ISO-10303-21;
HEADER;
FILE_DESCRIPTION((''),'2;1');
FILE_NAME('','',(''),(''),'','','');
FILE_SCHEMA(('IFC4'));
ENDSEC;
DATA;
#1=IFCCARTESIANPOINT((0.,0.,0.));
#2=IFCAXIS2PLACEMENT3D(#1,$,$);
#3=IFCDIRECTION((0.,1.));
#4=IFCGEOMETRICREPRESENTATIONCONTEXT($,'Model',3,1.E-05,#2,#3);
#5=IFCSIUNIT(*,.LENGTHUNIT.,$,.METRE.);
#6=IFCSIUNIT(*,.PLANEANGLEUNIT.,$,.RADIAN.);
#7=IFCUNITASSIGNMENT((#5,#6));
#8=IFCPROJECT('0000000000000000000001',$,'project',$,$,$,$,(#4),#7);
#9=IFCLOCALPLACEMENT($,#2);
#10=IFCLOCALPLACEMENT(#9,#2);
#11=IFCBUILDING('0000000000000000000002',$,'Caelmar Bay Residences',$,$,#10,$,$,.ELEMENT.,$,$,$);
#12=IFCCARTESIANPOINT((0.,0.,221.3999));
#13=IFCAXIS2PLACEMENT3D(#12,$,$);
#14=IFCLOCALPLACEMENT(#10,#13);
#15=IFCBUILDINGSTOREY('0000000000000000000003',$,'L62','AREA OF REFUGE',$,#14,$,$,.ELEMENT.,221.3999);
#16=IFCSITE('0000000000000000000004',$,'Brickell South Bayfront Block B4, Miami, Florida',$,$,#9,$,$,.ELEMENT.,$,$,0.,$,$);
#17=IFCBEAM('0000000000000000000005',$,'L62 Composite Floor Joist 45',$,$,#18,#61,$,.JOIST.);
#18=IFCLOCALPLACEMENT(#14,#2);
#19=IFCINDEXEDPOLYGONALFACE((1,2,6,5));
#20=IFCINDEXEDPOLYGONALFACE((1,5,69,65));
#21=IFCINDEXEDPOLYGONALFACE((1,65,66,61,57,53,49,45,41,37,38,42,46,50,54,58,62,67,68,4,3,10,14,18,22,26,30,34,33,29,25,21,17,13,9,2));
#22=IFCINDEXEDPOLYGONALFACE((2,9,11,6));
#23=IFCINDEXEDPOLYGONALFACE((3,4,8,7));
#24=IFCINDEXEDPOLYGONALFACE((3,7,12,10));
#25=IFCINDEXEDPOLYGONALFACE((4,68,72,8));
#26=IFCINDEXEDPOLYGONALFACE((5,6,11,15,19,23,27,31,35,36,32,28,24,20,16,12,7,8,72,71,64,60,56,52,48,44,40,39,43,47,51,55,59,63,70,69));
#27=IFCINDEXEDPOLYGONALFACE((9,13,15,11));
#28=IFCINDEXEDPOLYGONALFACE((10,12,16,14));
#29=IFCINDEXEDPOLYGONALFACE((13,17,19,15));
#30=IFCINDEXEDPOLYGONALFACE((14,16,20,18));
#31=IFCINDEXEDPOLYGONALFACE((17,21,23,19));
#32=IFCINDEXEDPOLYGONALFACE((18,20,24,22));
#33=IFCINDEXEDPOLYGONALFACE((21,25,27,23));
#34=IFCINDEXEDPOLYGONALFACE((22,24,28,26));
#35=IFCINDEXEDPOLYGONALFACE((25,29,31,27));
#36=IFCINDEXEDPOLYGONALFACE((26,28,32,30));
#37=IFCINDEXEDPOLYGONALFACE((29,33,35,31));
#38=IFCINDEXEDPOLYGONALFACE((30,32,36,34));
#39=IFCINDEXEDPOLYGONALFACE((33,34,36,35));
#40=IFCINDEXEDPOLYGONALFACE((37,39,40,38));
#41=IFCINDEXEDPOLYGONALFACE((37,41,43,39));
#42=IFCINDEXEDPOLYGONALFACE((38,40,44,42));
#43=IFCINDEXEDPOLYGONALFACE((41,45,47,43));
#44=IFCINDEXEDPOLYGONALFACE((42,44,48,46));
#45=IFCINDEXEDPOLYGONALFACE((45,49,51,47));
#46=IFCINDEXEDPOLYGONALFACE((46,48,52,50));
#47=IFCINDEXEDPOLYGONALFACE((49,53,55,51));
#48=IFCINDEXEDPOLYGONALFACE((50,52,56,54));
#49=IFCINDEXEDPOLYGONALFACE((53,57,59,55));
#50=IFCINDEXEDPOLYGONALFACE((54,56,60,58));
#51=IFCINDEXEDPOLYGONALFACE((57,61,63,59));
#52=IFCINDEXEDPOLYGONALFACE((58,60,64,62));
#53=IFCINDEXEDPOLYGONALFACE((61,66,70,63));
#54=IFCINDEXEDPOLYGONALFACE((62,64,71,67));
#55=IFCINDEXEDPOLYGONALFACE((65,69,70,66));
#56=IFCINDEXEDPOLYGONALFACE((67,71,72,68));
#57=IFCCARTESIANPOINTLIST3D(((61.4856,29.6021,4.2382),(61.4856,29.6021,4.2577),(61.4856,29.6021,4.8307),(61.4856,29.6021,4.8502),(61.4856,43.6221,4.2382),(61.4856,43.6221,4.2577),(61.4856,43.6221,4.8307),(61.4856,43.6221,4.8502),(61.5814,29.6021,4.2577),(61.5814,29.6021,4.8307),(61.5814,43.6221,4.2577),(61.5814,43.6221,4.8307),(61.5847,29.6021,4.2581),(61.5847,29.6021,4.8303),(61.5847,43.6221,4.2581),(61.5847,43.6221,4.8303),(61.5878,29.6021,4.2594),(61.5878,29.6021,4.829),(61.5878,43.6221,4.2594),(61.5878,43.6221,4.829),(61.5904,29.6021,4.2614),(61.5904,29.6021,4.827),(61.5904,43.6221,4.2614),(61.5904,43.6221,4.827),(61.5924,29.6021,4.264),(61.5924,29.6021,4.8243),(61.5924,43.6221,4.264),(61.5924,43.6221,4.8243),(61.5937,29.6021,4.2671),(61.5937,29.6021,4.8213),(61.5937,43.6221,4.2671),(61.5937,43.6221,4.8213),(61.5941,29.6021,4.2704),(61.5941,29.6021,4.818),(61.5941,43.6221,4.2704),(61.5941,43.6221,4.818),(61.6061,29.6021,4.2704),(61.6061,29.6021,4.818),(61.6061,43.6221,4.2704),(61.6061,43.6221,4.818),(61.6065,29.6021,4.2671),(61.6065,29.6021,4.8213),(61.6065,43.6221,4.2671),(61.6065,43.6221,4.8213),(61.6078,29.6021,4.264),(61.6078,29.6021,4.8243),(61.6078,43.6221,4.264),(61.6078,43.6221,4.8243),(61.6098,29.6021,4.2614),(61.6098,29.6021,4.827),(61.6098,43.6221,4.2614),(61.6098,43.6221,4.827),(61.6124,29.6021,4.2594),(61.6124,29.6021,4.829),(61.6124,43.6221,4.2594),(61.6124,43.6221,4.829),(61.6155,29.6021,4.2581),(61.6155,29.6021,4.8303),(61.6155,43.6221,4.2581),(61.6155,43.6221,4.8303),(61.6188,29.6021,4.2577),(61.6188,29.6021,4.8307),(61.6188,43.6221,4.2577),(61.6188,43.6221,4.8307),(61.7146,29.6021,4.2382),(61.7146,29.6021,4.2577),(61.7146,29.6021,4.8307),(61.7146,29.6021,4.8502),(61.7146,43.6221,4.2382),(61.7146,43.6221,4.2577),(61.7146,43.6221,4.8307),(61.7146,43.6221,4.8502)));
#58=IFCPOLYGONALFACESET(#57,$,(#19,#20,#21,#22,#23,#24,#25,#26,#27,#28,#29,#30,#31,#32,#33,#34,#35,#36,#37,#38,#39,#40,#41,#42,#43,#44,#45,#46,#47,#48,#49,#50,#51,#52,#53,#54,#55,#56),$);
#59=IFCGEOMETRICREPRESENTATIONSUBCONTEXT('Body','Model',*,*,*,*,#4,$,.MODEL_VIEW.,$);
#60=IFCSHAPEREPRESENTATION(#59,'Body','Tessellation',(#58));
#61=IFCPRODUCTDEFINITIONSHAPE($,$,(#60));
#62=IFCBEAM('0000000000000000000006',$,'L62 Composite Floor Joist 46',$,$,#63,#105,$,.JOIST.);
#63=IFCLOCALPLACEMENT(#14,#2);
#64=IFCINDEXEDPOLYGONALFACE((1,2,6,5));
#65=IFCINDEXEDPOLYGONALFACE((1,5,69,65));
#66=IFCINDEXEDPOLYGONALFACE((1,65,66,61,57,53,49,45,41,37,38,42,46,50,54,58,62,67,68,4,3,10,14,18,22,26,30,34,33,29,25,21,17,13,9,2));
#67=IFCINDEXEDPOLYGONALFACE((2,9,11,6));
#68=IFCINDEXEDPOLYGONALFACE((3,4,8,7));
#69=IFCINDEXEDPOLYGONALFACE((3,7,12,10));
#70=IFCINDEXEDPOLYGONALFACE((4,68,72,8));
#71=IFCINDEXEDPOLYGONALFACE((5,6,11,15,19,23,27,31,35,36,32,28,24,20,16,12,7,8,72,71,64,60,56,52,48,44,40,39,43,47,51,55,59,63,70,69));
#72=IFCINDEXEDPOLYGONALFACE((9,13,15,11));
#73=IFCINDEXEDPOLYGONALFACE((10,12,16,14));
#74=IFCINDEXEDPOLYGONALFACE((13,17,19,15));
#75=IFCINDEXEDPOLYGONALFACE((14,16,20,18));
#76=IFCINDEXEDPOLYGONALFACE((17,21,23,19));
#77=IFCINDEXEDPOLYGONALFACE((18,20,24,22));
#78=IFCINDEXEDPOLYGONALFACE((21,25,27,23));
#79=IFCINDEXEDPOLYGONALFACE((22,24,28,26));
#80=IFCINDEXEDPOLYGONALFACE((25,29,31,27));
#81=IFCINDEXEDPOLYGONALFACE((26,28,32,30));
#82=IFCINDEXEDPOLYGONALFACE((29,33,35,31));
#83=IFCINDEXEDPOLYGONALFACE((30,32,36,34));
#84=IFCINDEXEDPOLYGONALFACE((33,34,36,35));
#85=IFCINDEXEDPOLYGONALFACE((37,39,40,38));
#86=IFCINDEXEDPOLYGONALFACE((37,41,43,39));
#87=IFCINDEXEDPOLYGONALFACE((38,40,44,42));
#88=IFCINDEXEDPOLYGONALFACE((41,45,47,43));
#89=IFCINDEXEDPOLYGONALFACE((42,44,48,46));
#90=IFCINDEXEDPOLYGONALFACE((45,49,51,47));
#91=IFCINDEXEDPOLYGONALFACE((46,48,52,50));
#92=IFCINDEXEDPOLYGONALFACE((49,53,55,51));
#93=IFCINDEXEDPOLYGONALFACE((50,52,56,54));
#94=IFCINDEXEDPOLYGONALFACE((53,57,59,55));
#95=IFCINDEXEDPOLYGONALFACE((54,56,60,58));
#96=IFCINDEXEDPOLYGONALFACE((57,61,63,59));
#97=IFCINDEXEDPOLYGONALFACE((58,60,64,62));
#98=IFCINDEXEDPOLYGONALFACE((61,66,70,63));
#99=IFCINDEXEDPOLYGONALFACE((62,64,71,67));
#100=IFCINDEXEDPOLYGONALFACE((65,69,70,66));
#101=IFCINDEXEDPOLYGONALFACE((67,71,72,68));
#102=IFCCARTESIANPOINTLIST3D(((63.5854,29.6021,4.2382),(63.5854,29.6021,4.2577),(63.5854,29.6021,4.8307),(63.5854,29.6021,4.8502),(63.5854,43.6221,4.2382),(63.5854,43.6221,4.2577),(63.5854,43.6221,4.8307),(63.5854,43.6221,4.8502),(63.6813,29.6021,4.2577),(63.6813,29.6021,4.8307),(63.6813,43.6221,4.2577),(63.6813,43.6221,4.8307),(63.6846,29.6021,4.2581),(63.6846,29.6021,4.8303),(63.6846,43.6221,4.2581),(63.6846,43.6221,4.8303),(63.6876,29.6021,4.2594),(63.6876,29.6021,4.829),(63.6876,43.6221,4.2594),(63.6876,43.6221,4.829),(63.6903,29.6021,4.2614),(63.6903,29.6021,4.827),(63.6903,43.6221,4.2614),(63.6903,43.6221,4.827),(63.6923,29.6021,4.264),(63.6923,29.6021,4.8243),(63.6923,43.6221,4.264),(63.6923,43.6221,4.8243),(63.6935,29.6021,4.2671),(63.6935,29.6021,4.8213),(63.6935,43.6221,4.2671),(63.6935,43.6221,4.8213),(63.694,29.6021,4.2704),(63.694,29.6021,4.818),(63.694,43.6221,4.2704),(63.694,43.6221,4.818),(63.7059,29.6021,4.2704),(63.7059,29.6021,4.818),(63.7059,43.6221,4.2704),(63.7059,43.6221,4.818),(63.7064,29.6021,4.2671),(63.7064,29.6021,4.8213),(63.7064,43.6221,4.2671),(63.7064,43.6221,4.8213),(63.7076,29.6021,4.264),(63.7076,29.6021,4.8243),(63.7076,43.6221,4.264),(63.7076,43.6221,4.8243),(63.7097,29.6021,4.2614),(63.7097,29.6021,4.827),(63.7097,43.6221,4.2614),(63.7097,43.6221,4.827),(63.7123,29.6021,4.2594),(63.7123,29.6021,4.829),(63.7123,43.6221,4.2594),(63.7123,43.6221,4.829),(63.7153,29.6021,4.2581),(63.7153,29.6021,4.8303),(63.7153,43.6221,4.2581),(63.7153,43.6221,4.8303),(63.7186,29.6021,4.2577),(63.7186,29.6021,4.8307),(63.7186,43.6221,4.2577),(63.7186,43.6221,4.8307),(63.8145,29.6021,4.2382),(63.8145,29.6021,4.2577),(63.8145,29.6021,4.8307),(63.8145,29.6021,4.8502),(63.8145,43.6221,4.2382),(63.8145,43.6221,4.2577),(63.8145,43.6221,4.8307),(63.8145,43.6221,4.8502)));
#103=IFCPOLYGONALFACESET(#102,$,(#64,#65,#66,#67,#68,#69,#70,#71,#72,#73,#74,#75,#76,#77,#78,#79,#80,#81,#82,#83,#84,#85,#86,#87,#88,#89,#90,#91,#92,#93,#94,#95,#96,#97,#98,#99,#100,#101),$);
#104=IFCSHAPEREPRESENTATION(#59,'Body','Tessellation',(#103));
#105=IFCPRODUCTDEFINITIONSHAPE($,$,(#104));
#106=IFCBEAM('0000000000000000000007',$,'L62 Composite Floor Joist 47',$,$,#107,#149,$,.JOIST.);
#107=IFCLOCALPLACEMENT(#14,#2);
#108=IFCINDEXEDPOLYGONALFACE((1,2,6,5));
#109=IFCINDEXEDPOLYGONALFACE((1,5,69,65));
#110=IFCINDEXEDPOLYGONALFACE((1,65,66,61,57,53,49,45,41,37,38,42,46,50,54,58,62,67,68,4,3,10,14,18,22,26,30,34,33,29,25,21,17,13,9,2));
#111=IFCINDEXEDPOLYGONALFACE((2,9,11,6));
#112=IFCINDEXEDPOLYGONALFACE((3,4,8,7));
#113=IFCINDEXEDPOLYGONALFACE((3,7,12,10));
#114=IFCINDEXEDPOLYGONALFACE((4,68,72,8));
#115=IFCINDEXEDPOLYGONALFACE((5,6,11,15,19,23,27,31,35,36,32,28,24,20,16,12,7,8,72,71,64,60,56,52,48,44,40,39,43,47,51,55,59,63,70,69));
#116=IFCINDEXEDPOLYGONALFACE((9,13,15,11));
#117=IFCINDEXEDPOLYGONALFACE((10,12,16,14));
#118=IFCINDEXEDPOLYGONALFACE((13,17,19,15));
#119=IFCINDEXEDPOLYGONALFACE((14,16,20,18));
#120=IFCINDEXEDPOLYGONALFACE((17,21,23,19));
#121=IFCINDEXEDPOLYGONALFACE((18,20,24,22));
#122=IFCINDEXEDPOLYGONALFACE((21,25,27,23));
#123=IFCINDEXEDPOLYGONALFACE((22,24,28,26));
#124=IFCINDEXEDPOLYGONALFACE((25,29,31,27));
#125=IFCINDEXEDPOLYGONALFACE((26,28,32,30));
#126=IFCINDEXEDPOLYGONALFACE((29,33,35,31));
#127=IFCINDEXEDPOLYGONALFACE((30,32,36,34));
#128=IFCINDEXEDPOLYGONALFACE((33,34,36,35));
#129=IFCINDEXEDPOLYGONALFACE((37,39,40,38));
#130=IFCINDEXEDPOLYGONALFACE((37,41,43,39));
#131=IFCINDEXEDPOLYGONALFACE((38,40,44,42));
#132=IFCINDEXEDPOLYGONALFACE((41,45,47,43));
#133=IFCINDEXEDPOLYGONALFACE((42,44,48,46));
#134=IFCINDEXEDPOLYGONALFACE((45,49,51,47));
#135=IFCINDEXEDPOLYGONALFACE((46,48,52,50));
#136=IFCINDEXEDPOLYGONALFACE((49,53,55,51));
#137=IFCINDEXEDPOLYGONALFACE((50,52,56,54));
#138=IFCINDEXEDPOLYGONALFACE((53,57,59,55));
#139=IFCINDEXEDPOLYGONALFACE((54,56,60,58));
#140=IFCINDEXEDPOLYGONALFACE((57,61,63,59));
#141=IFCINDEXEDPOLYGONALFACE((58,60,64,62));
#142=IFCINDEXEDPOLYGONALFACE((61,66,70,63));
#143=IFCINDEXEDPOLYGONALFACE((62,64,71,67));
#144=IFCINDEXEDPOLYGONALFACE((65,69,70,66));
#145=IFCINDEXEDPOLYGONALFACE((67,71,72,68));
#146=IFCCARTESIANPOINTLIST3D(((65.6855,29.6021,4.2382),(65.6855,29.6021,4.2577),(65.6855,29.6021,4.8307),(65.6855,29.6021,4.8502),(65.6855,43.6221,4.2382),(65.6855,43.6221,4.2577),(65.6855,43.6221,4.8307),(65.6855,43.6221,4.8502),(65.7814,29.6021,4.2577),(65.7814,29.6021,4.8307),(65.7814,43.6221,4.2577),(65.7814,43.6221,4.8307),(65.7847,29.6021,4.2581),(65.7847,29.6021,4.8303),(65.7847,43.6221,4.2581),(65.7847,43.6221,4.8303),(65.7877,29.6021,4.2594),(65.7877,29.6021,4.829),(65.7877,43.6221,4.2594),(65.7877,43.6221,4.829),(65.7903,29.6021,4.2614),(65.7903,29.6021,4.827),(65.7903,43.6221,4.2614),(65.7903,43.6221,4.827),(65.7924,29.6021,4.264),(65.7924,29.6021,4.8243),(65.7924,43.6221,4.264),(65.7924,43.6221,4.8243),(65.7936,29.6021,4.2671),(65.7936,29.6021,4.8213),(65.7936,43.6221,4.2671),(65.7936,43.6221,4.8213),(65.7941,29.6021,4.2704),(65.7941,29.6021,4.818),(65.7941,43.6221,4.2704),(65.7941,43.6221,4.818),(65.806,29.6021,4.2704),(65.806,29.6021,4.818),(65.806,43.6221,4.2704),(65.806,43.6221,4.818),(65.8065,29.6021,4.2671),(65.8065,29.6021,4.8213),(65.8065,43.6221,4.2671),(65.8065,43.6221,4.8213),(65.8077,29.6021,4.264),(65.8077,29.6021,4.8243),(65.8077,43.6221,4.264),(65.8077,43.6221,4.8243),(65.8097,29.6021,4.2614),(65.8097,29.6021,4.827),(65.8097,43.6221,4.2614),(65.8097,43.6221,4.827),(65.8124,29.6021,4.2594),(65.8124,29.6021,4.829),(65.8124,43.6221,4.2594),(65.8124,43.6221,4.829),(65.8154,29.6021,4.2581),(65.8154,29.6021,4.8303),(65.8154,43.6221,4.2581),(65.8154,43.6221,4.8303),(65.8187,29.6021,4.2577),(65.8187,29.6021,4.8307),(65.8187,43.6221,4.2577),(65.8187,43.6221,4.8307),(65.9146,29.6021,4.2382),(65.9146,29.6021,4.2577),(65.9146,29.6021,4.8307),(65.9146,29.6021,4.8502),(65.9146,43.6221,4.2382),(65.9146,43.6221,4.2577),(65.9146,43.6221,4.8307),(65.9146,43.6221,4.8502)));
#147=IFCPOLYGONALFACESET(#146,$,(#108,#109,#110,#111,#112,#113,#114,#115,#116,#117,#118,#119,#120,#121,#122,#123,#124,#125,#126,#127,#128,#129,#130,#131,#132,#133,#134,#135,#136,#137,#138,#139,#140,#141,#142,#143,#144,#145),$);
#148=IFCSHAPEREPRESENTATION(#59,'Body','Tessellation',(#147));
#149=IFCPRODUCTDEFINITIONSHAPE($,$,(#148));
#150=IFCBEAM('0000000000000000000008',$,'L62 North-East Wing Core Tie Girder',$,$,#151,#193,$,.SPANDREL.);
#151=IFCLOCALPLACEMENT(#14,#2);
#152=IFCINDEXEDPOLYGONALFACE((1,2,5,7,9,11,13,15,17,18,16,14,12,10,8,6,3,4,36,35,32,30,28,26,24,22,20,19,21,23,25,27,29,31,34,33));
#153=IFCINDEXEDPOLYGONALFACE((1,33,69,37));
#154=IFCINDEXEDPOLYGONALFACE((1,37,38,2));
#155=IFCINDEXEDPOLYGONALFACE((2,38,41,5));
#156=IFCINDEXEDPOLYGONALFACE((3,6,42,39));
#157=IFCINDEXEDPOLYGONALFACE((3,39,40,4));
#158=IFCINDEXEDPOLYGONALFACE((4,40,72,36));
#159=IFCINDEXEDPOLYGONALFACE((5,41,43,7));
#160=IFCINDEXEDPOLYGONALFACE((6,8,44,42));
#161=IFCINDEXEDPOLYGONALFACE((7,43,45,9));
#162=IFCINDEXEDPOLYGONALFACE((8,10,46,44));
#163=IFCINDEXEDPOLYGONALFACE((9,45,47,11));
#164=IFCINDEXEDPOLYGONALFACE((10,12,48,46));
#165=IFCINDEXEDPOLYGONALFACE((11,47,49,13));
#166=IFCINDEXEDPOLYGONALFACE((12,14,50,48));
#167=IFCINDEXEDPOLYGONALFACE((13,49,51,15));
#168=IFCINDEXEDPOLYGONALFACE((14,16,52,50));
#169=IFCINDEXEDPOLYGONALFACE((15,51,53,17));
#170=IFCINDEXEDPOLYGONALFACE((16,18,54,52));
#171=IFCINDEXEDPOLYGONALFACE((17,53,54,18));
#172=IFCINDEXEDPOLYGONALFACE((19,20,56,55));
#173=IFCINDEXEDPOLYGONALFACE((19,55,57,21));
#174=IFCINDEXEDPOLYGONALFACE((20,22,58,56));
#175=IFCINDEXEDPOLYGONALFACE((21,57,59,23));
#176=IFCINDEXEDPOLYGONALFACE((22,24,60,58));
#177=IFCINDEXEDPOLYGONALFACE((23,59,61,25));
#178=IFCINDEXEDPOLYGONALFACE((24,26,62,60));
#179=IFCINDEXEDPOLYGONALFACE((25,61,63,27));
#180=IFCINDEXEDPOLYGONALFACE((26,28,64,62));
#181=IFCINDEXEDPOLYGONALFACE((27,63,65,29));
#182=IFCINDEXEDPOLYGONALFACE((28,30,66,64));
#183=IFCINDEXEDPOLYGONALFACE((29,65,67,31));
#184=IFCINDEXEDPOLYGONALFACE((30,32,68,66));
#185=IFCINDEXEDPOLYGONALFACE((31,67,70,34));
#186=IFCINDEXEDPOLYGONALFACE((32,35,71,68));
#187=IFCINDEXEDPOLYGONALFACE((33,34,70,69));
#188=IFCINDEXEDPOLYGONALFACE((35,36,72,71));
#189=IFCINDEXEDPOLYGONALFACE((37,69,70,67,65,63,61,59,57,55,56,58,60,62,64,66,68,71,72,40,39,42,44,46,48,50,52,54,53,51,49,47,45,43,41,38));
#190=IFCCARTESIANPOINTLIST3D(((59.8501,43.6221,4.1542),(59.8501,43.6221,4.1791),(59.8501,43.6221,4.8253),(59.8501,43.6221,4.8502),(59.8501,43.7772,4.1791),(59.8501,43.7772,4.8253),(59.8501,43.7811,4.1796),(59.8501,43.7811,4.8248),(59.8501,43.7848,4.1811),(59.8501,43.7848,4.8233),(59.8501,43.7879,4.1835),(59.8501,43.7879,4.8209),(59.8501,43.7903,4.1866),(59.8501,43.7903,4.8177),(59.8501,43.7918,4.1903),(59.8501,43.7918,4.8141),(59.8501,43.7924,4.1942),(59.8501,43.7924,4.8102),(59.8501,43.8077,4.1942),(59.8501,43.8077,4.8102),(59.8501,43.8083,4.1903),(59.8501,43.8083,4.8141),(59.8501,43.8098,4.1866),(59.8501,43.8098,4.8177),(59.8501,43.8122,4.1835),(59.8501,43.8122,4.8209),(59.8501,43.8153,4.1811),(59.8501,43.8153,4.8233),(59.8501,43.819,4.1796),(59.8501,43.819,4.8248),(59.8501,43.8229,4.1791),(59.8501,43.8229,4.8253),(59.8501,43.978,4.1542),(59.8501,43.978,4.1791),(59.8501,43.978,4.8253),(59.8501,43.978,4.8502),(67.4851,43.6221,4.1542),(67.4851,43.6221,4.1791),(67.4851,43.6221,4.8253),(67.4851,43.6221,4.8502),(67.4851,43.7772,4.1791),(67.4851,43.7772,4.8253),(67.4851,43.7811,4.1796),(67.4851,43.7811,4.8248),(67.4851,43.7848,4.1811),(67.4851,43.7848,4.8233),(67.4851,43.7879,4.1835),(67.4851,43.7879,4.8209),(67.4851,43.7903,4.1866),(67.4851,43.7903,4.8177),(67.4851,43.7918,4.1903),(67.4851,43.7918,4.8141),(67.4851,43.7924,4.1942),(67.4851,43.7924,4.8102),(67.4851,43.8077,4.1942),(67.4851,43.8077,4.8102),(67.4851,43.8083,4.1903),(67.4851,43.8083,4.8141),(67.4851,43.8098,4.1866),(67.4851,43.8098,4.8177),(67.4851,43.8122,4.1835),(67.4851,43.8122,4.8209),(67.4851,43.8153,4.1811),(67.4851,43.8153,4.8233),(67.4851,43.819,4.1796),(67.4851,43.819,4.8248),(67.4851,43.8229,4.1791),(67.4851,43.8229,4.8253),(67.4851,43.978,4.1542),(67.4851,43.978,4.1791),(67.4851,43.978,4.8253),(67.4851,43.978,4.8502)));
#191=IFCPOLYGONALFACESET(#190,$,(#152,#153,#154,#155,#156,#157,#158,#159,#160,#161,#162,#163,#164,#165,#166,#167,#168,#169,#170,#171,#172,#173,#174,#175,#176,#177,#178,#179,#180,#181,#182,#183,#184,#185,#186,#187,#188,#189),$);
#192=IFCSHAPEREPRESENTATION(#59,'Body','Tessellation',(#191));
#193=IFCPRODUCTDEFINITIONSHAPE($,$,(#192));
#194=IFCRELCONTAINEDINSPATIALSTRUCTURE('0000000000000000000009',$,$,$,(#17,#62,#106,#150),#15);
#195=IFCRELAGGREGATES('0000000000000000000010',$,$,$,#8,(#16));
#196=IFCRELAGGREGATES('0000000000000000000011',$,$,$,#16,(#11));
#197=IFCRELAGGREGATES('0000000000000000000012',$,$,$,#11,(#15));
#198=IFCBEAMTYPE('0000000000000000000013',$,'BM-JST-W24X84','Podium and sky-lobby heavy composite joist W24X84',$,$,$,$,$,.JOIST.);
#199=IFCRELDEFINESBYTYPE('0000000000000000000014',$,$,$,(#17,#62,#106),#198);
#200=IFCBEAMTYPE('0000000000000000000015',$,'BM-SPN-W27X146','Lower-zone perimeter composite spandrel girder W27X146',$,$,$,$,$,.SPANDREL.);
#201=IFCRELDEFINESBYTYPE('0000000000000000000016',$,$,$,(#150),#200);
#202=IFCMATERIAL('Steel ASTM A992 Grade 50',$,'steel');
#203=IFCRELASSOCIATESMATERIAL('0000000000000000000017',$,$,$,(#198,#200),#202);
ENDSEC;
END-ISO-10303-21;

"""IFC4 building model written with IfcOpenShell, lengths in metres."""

from ifc_helpers import new_model, si_unit, direction, frame, origin, origin_2d, place, context, subcontext, project, spatial, i_section, extrude, material, material_profile, profile_set, type_object, element, save


model = new_model("IFC4")

# Units and contexts
model_context = context("Model", 3, precision=1e-05, world=origin(), true_north=direction((0.0, 1.0)))
body_context = subcontext(model_context, "Body", "Model", "MODEL_VIEW")
ifc_project = project(units=[si_unit("LENGTHUNIT", "METRE"), si_unit("PLANEANGLEUNIT", "RADIAN")], contexts=[model_context])

# Site, building, storey
site_placement = place(None, origin())
site = spatial("IfcSite", under=ifc_project, at=site_placement, Name="Brickell South Bayfront Block B4, Miami, Florida", CompositionType="ELEMENT", RefElevation=0.0)
building_placement = place(site_placement, origin())
building = spatial("IfcBuilding", under=site, at=building_placement, Name="Caelmar Bay Residences", CompositionType="ELEMENT")
storey_placement = place(building_placement, frame((0.0, 0.0, 221.3999)))
storey = spatial("IfcBuildingStorey", under=building, at=storey_placement, Name="L62", Description="AREA OF REFUGE", CompositionType="ELEMENT", Elevation=221.3999)

# Beams
ifc_material_1 = material(Name="Steel ASTM A992 Grade 50", Category="steel")
ifc_material_profile_1 = material_profile(ifc_material_1, i_section(OverallWidth=0.229, OverallDepth=0.6121, WebThickness=0.012, FlangeThickness=0.0195, FilletRadius=0.0127, at=origin_2d()), Name="W24X84")
ifc_profile_set_1 = profile_set([ifc_material_profile_1], Name="Steel ASTM A992 Grade 50")
beam_type_1 = type_object("IfcBeamType", Name="BM-JST-W24X84", Description="Podium and sky-lobby heavy composite joist W24X84", PredefinedType="JOIST", material=ifc_profile_set_1)
for number, where, z_axis, x_axis, name in (
    (1, (61.6001, 29.6021, 4.5442), (0.0, 1.0, 0.0), (-1.0, 0.0, 0.0), "L62 Composite Floor Joist 45"),
    (2, (63.7, 29.6021, 4.5442), (0.0, 1.0, 0.0), (-1.0, 0.0, 0.0), "L62 Composite Floor Joist 46"),
    (3, (65.8, 29.6021, 4.5442), (0.0, 1.0, 0.0), (-1.0, 0.0, 0.0), "L62 Composite Floor Joist 47"),
):
    element("IfcBeam", number, at=place(storey_placement, frame(where, z_axis=z_axis, x_axis=x_axis)), inside=storey, type_object=beam_type_1, Name=name, PredefinedType="JOIST", context=body_context, shape_type="SweptSolid", body=[
        extrude(i_section(OverallWidth=0.229, OverallDepth=0.6121, WebThickness=0.012, FlangeThickness=0.0195, FilletRadius=0.0127, at=origin_2d()), origin(), (0.0, 0.0, 1.0), 14.02),
    ])
ifc_material_profile_2 = material_profile(ifc_material_1, i_section(OverallWidth=0.356, OverallDepth=0.696, WebThickness=0.0154, FlangeThickness=0.0249, FilletRadius=0.0151, at=origin_2d()), Name="W27X146")
ifc_profile_set_2 = profile_set([ifc_material_profile_2], Name="Steel ASTM A992 Grade 50")
beam_type_2 = type_object("IfcBeamType", Name="BM-SPN-W27X146", Description="Lower-zone perimeter composite spandrel girder W27X146", PredefinedType="SPANDREL", material=ifc_profile_set_2)
beam_1_placement = place(storey_placement, frame((59.8501, 43.8, 4.5022), z_axis=(1.0, 0.0, 0.0), x_axis=(0.0, 1.0, 0.0)))
element("IfcBeam", 4, at=beam_1_placement, inside=storey, type_object=beam_type_2, Name="L62 North-East Wing Core Tie Girder", PredefinedType="SPANDREL", context=body_context, shape_type="SweptSolid", body=[
    extrude(i_section(OverallWidth=0.356, OverallDepth=0.696, WebThickness=0.0154, FlangeThickness=0.0249, FilletRadius=0.0151, at=origin_2d()), origin(), (0.0, 0.0, 1.0), 7.635),
])

save(model, "model.ifc")
